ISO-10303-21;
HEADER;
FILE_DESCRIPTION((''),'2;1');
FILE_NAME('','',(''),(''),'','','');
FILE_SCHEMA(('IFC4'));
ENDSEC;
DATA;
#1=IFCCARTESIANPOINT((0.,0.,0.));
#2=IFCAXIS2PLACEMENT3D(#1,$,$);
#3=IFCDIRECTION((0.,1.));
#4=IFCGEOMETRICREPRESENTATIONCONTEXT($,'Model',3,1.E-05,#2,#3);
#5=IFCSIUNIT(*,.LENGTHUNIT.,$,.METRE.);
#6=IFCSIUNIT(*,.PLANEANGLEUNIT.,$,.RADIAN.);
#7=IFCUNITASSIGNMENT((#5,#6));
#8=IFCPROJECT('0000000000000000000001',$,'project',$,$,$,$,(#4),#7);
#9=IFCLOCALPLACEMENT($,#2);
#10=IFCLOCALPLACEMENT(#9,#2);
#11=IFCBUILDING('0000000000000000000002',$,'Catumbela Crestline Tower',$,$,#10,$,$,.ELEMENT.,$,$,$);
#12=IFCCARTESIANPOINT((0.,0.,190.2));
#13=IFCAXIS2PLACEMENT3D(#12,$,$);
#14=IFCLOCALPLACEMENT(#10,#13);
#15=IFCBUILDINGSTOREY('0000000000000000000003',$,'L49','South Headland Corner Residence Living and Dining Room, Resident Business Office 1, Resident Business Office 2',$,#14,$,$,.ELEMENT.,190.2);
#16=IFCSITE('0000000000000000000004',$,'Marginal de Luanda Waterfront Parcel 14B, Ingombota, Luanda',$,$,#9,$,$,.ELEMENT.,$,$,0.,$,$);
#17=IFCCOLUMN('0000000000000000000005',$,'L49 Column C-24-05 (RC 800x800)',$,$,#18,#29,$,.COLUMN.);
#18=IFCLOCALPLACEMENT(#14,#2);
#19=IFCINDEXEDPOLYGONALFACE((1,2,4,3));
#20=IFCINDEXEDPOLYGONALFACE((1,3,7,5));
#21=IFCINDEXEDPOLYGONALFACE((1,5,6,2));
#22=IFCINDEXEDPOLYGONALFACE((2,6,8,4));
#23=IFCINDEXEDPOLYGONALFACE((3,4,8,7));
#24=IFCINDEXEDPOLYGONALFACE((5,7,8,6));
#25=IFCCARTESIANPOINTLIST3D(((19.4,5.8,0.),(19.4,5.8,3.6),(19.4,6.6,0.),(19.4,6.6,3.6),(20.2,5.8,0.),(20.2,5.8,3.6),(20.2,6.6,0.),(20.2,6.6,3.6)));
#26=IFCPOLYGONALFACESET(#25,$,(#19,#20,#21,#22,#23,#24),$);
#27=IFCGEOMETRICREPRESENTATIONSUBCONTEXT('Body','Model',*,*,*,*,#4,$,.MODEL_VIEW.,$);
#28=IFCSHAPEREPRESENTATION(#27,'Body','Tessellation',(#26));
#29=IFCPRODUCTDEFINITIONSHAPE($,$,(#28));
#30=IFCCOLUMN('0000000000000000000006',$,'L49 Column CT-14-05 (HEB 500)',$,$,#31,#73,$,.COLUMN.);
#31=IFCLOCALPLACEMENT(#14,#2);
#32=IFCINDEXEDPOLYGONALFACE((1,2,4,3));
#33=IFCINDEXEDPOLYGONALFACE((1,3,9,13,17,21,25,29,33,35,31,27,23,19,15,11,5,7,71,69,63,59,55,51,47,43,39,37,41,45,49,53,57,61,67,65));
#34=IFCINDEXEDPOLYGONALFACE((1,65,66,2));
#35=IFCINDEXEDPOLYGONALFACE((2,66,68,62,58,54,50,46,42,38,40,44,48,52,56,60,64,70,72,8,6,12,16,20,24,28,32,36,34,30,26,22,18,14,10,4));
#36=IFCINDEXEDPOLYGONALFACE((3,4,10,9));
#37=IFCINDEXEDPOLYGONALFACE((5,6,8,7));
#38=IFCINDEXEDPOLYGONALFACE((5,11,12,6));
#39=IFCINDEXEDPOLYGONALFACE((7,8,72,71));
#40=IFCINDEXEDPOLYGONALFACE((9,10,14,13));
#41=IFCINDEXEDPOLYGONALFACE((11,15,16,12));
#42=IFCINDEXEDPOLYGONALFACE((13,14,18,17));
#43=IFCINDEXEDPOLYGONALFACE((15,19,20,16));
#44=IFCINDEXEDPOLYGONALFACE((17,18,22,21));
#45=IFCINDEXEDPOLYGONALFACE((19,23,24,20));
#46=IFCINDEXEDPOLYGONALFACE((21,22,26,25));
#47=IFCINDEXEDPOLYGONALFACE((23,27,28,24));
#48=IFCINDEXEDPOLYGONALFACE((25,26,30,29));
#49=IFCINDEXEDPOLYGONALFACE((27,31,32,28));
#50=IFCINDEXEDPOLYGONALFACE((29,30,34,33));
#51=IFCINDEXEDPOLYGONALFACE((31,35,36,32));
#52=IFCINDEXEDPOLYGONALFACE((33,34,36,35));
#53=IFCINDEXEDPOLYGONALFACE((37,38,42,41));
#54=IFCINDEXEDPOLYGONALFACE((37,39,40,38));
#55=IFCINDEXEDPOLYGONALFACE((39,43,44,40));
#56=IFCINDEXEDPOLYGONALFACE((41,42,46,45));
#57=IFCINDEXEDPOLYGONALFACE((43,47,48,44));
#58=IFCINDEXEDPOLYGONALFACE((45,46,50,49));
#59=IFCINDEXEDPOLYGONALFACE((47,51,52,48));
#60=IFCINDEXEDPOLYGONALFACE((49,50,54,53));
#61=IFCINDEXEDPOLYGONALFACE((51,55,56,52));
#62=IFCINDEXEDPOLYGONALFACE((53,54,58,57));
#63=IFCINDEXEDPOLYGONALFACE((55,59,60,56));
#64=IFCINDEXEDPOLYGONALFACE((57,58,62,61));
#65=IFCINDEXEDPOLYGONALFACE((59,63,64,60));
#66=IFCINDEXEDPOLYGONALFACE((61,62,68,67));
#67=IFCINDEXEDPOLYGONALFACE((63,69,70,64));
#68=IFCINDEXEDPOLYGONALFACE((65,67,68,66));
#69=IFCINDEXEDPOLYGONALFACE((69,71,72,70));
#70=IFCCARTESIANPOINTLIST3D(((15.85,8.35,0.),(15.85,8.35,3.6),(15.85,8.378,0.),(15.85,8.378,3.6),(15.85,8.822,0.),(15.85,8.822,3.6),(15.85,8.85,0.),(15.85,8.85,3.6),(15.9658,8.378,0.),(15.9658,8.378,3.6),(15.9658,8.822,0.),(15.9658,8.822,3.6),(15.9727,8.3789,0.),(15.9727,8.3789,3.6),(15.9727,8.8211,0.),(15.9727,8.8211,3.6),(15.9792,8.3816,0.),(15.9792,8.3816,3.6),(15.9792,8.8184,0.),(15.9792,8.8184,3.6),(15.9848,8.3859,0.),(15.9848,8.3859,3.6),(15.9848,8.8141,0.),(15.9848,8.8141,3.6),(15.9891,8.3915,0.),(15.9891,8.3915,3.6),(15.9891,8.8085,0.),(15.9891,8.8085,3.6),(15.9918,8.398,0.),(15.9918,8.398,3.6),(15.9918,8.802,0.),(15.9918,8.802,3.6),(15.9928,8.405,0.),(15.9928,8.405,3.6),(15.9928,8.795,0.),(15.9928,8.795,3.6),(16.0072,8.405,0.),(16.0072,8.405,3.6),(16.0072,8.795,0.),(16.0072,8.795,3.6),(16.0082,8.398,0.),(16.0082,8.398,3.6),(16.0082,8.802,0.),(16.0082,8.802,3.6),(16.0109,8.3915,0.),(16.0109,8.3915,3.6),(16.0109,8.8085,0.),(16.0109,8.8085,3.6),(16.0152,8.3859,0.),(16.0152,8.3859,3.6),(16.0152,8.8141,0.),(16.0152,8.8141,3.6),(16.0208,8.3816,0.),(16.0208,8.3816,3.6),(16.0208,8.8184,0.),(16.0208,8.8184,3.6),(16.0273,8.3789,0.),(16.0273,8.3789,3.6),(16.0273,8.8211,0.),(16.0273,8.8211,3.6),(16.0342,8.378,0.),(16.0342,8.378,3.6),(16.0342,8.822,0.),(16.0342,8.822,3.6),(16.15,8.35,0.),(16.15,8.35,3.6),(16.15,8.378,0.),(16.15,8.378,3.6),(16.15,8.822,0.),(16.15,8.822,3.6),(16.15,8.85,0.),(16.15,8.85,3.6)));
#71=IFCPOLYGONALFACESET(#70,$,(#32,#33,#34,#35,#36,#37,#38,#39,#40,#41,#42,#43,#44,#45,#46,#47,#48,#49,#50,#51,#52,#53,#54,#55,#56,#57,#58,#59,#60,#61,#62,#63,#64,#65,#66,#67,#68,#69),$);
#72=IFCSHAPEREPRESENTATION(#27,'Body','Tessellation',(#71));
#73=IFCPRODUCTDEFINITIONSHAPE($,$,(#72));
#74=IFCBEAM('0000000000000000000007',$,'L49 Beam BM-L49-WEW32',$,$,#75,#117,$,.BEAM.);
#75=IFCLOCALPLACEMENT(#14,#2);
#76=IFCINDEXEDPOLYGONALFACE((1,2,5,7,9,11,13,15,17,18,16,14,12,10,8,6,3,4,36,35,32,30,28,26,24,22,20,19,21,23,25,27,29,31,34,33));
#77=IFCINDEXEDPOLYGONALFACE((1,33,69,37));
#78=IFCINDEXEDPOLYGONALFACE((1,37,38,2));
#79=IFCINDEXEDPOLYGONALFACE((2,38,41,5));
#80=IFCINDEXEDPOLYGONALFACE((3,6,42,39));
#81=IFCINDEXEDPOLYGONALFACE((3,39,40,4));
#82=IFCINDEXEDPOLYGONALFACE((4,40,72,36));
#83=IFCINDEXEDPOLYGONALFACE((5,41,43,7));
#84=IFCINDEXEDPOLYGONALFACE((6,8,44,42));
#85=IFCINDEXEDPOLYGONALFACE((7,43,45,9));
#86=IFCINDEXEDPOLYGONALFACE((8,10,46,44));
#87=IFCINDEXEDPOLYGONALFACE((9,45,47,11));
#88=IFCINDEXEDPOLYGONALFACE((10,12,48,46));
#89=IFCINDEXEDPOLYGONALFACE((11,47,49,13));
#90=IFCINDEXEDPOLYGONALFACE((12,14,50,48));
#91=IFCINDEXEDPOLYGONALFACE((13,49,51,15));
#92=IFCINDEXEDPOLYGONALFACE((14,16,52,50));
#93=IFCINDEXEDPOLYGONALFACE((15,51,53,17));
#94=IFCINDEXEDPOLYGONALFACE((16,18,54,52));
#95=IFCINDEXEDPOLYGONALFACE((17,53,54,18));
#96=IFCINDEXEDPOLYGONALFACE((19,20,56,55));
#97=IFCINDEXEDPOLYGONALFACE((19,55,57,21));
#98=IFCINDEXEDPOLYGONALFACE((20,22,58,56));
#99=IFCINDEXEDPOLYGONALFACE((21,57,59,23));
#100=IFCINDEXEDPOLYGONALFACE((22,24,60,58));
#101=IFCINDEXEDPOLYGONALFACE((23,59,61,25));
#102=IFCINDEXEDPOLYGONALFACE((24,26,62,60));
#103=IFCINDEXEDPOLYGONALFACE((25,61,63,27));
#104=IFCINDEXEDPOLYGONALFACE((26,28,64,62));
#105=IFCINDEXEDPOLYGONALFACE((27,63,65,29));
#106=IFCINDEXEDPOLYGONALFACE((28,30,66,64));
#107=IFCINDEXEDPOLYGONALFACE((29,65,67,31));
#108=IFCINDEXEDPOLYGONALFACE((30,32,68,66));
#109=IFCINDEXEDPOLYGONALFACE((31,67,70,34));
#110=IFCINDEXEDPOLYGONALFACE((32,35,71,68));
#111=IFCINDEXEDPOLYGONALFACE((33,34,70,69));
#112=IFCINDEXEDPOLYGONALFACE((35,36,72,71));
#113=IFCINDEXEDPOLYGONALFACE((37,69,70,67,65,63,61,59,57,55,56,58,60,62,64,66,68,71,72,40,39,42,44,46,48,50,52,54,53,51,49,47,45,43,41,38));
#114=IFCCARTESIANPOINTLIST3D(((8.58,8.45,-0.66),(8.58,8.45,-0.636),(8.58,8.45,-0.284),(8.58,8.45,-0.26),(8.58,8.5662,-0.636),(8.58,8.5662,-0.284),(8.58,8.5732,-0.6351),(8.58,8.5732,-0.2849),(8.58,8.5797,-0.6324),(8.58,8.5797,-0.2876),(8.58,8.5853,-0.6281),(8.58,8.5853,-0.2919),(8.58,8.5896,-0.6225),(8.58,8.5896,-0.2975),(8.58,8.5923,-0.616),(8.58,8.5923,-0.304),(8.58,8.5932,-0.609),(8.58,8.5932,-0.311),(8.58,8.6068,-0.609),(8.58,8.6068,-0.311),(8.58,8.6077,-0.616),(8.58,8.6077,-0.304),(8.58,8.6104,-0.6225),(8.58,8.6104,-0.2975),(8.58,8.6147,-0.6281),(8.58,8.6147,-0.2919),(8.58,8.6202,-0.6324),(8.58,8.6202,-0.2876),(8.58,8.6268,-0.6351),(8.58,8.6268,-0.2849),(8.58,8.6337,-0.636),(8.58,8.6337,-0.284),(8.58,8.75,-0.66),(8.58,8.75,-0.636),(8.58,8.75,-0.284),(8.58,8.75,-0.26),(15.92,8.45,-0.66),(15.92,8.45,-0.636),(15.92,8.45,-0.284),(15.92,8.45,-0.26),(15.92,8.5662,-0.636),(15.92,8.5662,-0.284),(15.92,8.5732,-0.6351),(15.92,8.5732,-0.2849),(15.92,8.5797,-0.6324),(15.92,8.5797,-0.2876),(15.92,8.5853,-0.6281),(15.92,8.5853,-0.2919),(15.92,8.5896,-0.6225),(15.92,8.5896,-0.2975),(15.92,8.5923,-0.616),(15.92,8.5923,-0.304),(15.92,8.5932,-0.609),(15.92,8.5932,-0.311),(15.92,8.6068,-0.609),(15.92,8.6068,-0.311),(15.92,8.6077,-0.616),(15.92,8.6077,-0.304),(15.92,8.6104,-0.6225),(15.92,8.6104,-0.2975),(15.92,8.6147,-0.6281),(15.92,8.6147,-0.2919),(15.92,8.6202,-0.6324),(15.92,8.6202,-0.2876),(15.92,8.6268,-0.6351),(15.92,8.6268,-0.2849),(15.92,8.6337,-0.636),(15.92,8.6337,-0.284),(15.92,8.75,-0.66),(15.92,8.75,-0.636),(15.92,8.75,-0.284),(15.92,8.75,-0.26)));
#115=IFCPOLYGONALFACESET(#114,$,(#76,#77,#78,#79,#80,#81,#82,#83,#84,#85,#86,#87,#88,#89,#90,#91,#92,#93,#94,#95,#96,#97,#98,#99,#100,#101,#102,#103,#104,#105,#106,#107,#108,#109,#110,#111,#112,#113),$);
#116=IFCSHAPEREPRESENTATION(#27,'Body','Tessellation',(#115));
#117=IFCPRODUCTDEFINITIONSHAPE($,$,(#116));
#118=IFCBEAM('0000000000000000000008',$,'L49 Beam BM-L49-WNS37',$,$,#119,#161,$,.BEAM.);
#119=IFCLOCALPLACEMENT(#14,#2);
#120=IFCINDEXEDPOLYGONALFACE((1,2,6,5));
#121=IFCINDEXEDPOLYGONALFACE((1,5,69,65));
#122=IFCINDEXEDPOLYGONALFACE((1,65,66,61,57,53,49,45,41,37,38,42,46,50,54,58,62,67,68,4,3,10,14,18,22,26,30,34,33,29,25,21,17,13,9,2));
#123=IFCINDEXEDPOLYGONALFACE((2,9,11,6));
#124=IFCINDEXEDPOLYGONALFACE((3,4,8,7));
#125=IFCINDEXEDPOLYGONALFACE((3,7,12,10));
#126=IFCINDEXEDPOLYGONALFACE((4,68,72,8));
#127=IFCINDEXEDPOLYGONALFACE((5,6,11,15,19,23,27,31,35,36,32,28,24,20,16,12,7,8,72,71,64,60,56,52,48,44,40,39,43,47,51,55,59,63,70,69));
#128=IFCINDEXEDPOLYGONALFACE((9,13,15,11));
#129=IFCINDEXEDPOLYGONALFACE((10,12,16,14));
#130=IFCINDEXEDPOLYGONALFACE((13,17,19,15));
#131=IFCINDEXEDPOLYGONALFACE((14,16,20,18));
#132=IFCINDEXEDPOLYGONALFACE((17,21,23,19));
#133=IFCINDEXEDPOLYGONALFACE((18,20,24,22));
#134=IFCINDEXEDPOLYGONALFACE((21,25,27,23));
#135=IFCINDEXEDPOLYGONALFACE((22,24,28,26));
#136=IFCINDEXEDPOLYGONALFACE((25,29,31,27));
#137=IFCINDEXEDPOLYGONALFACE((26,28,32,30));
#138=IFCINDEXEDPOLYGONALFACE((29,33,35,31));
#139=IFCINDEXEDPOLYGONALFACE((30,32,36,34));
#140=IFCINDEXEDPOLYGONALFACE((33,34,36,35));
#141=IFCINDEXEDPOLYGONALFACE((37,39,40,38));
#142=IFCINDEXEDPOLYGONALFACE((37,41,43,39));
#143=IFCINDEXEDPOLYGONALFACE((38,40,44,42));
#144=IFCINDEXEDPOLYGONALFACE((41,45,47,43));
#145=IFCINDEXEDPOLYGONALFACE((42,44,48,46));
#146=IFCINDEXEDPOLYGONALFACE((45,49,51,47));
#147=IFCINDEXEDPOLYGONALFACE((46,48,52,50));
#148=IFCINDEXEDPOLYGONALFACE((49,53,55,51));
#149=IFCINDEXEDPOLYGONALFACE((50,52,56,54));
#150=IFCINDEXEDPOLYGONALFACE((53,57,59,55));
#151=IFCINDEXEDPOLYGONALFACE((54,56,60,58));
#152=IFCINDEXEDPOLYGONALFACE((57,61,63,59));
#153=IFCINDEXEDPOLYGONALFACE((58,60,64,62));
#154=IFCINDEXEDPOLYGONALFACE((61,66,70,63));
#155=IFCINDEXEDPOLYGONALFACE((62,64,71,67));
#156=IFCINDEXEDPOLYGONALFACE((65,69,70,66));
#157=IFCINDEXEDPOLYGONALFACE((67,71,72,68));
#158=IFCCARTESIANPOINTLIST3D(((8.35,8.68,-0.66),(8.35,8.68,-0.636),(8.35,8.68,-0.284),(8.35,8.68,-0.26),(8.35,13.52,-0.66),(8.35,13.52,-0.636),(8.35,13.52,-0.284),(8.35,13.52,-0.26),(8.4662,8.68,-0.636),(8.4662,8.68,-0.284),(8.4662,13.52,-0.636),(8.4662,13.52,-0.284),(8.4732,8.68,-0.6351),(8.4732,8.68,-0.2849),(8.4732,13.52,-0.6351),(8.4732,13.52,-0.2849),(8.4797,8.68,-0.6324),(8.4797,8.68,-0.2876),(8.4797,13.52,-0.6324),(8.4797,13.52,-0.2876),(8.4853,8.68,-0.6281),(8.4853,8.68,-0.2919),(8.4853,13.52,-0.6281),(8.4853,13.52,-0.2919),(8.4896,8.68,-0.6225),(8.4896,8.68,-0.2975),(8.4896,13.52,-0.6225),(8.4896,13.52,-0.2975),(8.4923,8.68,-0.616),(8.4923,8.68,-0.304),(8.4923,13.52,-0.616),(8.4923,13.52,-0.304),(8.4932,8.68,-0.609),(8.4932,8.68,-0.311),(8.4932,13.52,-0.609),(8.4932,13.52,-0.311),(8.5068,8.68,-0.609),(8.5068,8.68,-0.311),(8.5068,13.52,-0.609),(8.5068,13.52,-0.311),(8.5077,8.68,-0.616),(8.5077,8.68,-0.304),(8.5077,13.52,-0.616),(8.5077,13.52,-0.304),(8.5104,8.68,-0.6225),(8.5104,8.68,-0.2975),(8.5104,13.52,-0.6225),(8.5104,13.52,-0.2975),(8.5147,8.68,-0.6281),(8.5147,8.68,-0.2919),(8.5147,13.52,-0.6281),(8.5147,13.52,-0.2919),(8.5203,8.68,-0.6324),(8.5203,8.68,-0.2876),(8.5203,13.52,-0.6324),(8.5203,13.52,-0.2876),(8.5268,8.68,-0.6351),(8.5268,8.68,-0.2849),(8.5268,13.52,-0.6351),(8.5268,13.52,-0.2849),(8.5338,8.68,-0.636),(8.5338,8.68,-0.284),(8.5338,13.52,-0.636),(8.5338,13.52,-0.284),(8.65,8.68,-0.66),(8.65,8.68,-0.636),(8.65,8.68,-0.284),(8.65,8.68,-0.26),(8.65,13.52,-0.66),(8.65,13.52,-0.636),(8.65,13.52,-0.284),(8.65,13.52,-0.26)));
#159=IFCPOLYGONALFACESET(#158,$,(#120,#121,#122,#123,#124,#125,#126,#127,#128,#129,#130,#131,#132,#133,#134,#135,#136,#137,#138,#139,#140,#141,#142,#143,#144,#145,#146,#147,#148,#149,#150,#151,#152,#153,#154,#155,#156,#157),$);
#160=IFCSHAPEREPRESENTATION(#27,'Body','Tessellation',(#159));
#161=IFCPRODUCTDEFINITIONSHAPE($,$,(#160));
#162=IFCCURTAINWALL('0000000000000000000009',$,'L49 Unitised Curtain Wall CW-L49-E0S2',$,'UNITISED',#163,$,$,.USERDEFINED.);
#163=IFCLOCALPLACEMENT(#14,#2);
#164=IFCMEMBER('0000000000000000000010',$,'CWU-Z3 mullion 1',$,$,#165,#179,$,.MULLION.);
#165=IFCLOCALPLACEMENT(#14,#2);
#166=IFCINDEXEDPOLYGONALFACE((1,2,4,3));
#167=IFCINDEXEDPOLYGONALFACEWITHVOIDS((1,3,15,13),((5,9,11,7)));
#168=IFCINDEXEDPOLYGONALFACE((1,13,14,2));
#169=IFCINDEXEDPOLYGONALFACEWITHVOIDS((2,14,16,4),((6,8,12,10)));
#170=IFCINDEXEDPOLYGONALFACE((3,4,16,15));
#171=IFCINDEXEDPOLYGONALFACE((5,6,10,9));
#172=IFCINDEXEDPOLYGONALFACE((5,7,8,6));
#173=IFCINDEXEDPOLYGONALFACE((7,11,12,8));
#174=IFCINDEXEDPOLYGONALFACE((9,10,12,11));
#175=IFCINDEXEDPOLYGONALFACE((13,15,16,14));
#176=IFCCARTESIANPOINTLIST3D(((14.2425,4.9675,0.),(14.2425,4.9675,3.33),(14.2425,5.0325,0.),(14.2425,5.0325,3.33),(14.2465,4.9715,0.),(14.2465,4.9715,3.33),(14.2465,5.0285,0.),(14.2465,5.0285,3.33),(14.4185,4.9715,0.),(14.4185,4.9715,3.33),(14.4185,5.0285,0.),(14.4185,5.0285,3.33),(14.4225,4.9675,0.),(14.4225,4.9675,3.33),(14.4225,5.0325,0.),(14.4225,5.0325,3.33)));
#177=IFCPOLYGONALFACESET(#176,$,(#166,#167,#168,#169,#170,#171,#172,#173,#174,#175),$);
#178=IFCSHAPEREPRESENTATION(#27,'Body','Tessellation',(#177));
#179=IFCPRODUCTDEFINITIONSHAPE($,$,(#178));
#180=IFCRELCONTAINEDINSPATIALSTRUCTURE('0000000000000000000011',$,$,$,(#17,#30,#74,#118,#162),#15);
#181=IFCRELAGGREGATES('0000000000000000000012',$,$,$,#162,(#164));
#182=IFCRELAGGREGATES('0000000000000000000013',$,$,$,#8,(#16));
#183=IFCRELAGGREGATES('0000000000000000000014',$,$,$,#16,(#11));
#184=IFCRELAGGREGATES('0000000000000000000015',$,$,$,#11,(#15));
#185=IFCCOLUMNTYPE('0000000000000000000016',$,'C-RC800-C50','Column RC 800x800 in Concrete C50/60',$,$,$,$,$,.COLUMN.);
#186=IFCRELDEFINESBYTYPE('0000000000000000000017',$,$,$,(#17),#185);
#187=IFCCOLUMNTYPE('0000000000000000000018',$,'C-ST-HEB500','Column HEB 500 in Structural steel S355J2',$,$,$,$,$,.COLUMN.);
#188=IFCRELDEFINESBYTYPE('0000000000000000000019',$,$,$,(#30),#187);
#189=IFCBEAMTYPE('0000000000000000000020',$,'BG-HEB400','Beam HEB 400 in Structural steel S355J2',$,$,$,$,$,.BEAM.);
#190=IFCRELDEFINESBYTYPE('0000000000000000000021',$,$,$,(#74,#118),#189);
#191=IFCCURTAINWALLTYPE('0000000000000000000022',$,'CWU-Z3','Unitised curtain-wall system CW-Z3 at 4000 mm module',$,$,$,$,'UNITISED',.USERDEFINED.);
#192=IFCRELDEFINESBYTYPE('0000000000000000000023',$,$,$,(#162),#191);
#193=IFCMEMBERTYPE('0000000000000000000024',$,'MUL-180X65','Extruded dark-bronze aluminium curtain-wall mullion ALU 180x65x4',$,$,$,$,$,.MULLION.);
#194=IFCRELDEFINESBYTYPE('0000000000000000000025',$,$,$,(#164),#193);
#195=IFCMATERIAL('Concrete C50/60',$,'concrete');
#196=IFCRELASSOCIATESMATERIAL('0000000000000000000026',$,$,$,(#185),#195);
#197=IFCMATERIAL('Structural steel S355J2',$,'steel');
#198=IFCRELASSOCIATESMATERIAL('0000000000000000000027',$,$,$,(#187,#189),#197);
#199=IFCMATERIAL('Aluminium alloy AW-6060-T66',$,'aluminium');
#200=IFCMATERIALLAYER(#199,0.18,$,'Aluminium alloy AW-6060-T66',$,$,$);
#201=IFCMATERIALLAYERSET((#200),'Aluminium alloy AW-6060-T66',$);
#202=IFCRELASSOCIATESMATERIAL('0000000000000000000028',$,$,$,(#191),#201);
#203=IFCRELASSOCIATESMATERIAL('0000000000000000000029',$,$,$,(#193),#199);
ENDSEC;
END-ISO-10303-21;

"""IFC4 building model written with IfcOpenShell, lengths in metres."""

from ifc_helpers import new_model, si_unit, direction, frame, origin, origin_2d, place, context, subcontext, project, spatial, rectangle, hollow_rectangle, i_section, extrude, material, layer, layer_set, material_profile, profile_set, type_object, element, aggregate, save


model = new_model("IFC4")

# Units and contexts
model_context = context("Model", 3, precision=1e-05, world=origin(), true_north=direction((0.0, 1.0)))
body_context = subcontext(model_context, "Body", "Model", "MODEL_VIEW")
ifc_project = project(units=[si_unit("LENGTHUNIT", "METRE"), si_unit("PLANEANGLEUNIT", "RADIAN")], contexts=[model_context])

# Site, building, storey
site_placement = place(None, origin())
site = spatial("IfcSite", under=ifc_project, at=site_placement, Name="Marginal de Luanda Waterfront Parcel 14B, Ingombota, Luanda", CompositionType="ELEMENT", RefElevation=0.0)
building_placement = place(site_placement, origin())
building = spatial("IfcBuilding", under=site, at=building_placement, Name="Catumbela Crestline Tower", CompositionType="ELEMENT")
storey_placement = place(building_placement, frame((0.0, 0.0, 190.2)))
storey = spatial("IfcBuildingStorey", under=building, at=storey_placement, Name="L49", Description="South Headland Corner Residence Living and Dining Room, Resident Business Office 1, Resident Business Office 2", CompositionType="ELEMENT", Elevation=190.2)

# Columns
ifc_material_1 = material(Name="Concrete C50/60", Category="concrete")
ifc_material_profile_1 = material_profile(ifc_material_1, rectangle(XDim=0.8, YDim=0.8, at=origin_2d()), Name="RC 800x800")
ifc_profile_set_1 = profile_set([ifc_material_profile_1], Name="Concrete C50/60")
column_type_1 = type_object("IfcColumnType", Name="C-RC800-C50", Description="Column RC 800x800 in Concrete C50/60", PredefinedType="COLUMN", material=ifc_profile_set_1)
column_1_placement = place(storey_placement, frame((19.8, 6.2, 0.0), z_axis=(0.0, 0.0, 1.0), x_axis=(1.0, 0.0, 0.0)))
element("IfcColumn", 1, at=column_1_placement, inside=storey, type_object=column_type_1, Name="L49 Column C-24-05 (RC 800x800)", PredefinedType="COLUMN", context=body_context, shape_type="SweptSolid", body=[
    extrude(rectangle(XDim=0.8, YDim=0.8, at=origin_2d()), origin(), (0.0, 0.0, 1.0), 3.6),
])
ifc_material_2 = material(Name="Structural steel S355J2", Category="steel")
ifc_material_profile_2 = material_profile(ifc_material_2, i_section(OverallWidth=0.3, OverallDepth=0.5, WebThickness=0.0145, FlangeThickness=0.028, FilletRadius=0.027, at=origin_2d()), Name="HEB 500")
ifc_profile_set_2 = profile_set([ifc_material_profile_2], Name="Structural steel S355J2")
column_type_2 = type_object("IfcColumnType", Name="C-ST-HEB500", Description="Column HEB 500 in Structural steel S355J2", PredefinedType="COLUMN", material=ifc_profile_set_2)
column_2_placement = place(storey_placement, frame((16.0, 8.6, 0.0), z_axis=(0.0, 0.0, 1.0), x_axis=(1.0, 0.0, 0.0)))
element("IfcColumn", 2, at=column_2_placement, inside=storey, type_object=column_type_2, Name="L49 Column CT-14-05 (HEB 500)", PredefinedType="COLUMN", context=body_context, shape_type="SweptSolid", body=[
    extrude(i_section(OverallWidth=0.3, OverallDepth=0.5, WebThickness=0.0145, FlangeThickness=0.028, FilletRadius=0.027, at=origin_2d()), origin(), (0.0, 0.0, 1.0), 3.6),
])

# Beams
ifc_material_profile_3 = material_profile(ifc_material_2, i_section(OverallWidth=0.3, OverallDepth=0.4, WebThickness=0.0135, FlangeThickness=0.024, FilletRadius=0.027, at=origin_2d()), Name="HEB 400")
ifc_profile_set_3 = profile_set([ifc_material_profile_3], Name="Structural steel S355J2")
beam_type = type_object("IfcBeamType", Name="BG-HEB400", Description="Beam HEB 400 in Structural steel S355J2", PredefinedType="BEAM", material=ifc_profile_set_3)
beam_1_placement = place(storey_placement, frame((8.58, 8.6, -0.46), z_axis=(1.0, 0.0, 0.0), x_axis=(0.0, 1.0, 0.0)))
element("IfcBeam", 3, at=beam_1_placement, inside=storey, type_object=beam_type, Name="L49 Beam BM-L49-WEW32", PredefinedType="BEAM", context=body_context, shape_type="SweptSolid", body=[
    extrude(i_section(OverallWidth=0.3, OverallDepth=0.4, WebThickness=0.0135, FlangeThickness=0.024, FilletRadius=0.027, at=origin_2d()), origin(), (0.0, 0.0, 1.0), 7.34),
])
beam_2_placement = place(storey_placement, frame((8.5, 8.68, -0.46), z_axis=(0.0, 1.0, 0.0), x_axis=(-1.0, 0.0, 0.0)))
element("IfcBeam", 4, at=beam_2_placement, inside=storey, type_object=beam_type, Name="L49 Beam BM-L49-WNS37", PredefinedType="BEAM", context=body_context, shape_type="SweptSolid", body=[
    extrude(i_section(OverallWidth=0.3, OverallDepth=0.4, WebThickness=0.0135, FlangeThickness=0.024, FilletRadius=0.027, at=origin_2d()), origin(), (0.0, 0.0, 1.0), 4.84),
])

# Curtain wall, member
ifc_material_3 = material(Name="Aluminium alloy AW-6060-T66", Category="aluminium")
ifc_layer_1 = layer(ifc_material_3, 0.18, Name="Aluminium alloy AW-6060-T66")
ifc_layer_set_1 = layer_set([ifc_layer_1], Name="Aluminium alloy AW-6060-T66")
curtain_wall_type = type_object("IfcCurtainWallType", Name="CWU-Z3", Description="Unitised curtain-wall system CW-Z3 at 4000 mm module", ElementType="UNITISED", PredefinedType="USERDEFINED", material=ifc_layer_set_1)
curtain_wall_placement = place(storey_placement, origin())
curtain_wall = element("IfcCurtainWall", 5, at=curtain_wall_placement, inside=storey, type_object=curtain_wall_type, Name="L49 Unitised Curtain Wall CW-L49-E0S2", ObjectType="UNITISED", PredefinedType="USERDEFINED")
ifc_material_profile_4 = material_profile(ifc_material_3, hollow_rectangle(XDim=0.065, YDim=0.18, WallThickness=0.004, at=origin_2d()), Name="ALU 180x65x4")
ifc_profile_set_4 = profile_set([ifc_material_profile_4], Name="Aluminium alloy AW-6060-T66")
member_type_1 = type_object("IfcMemberType", Name="MUL-180X65", Description="Extruded dark-bronze aluminium curtain-wall mullion ALU 180x65x4", PredefinedType="MULLION", material=ifc_profile_set_4)
member_1_placement = place(storey_placement, frame((14.3325, 5.0, 0.0), z_axis=(0.0, 0.0, 1.0), x_axis=(0.0, 1.0, 0.0)))
member_1 = element("IfcMember", 6, at=member_1_placement, type_object=member_type_1, Name="CWU-Z3 mullion 1", PredefinedType="MULLION", context=body_context, shape_type="SweptSolid", body=[
    extrude(hollow_rectangle(XDim=0.065, YDim=0.18, WallThickness=0.004, at=origin_2d()), origin(), (0.0, 0.0, 1.0), 3.33),
])
aggregate(curtain_wall, [member_1])

save(model, "model.ifc")
